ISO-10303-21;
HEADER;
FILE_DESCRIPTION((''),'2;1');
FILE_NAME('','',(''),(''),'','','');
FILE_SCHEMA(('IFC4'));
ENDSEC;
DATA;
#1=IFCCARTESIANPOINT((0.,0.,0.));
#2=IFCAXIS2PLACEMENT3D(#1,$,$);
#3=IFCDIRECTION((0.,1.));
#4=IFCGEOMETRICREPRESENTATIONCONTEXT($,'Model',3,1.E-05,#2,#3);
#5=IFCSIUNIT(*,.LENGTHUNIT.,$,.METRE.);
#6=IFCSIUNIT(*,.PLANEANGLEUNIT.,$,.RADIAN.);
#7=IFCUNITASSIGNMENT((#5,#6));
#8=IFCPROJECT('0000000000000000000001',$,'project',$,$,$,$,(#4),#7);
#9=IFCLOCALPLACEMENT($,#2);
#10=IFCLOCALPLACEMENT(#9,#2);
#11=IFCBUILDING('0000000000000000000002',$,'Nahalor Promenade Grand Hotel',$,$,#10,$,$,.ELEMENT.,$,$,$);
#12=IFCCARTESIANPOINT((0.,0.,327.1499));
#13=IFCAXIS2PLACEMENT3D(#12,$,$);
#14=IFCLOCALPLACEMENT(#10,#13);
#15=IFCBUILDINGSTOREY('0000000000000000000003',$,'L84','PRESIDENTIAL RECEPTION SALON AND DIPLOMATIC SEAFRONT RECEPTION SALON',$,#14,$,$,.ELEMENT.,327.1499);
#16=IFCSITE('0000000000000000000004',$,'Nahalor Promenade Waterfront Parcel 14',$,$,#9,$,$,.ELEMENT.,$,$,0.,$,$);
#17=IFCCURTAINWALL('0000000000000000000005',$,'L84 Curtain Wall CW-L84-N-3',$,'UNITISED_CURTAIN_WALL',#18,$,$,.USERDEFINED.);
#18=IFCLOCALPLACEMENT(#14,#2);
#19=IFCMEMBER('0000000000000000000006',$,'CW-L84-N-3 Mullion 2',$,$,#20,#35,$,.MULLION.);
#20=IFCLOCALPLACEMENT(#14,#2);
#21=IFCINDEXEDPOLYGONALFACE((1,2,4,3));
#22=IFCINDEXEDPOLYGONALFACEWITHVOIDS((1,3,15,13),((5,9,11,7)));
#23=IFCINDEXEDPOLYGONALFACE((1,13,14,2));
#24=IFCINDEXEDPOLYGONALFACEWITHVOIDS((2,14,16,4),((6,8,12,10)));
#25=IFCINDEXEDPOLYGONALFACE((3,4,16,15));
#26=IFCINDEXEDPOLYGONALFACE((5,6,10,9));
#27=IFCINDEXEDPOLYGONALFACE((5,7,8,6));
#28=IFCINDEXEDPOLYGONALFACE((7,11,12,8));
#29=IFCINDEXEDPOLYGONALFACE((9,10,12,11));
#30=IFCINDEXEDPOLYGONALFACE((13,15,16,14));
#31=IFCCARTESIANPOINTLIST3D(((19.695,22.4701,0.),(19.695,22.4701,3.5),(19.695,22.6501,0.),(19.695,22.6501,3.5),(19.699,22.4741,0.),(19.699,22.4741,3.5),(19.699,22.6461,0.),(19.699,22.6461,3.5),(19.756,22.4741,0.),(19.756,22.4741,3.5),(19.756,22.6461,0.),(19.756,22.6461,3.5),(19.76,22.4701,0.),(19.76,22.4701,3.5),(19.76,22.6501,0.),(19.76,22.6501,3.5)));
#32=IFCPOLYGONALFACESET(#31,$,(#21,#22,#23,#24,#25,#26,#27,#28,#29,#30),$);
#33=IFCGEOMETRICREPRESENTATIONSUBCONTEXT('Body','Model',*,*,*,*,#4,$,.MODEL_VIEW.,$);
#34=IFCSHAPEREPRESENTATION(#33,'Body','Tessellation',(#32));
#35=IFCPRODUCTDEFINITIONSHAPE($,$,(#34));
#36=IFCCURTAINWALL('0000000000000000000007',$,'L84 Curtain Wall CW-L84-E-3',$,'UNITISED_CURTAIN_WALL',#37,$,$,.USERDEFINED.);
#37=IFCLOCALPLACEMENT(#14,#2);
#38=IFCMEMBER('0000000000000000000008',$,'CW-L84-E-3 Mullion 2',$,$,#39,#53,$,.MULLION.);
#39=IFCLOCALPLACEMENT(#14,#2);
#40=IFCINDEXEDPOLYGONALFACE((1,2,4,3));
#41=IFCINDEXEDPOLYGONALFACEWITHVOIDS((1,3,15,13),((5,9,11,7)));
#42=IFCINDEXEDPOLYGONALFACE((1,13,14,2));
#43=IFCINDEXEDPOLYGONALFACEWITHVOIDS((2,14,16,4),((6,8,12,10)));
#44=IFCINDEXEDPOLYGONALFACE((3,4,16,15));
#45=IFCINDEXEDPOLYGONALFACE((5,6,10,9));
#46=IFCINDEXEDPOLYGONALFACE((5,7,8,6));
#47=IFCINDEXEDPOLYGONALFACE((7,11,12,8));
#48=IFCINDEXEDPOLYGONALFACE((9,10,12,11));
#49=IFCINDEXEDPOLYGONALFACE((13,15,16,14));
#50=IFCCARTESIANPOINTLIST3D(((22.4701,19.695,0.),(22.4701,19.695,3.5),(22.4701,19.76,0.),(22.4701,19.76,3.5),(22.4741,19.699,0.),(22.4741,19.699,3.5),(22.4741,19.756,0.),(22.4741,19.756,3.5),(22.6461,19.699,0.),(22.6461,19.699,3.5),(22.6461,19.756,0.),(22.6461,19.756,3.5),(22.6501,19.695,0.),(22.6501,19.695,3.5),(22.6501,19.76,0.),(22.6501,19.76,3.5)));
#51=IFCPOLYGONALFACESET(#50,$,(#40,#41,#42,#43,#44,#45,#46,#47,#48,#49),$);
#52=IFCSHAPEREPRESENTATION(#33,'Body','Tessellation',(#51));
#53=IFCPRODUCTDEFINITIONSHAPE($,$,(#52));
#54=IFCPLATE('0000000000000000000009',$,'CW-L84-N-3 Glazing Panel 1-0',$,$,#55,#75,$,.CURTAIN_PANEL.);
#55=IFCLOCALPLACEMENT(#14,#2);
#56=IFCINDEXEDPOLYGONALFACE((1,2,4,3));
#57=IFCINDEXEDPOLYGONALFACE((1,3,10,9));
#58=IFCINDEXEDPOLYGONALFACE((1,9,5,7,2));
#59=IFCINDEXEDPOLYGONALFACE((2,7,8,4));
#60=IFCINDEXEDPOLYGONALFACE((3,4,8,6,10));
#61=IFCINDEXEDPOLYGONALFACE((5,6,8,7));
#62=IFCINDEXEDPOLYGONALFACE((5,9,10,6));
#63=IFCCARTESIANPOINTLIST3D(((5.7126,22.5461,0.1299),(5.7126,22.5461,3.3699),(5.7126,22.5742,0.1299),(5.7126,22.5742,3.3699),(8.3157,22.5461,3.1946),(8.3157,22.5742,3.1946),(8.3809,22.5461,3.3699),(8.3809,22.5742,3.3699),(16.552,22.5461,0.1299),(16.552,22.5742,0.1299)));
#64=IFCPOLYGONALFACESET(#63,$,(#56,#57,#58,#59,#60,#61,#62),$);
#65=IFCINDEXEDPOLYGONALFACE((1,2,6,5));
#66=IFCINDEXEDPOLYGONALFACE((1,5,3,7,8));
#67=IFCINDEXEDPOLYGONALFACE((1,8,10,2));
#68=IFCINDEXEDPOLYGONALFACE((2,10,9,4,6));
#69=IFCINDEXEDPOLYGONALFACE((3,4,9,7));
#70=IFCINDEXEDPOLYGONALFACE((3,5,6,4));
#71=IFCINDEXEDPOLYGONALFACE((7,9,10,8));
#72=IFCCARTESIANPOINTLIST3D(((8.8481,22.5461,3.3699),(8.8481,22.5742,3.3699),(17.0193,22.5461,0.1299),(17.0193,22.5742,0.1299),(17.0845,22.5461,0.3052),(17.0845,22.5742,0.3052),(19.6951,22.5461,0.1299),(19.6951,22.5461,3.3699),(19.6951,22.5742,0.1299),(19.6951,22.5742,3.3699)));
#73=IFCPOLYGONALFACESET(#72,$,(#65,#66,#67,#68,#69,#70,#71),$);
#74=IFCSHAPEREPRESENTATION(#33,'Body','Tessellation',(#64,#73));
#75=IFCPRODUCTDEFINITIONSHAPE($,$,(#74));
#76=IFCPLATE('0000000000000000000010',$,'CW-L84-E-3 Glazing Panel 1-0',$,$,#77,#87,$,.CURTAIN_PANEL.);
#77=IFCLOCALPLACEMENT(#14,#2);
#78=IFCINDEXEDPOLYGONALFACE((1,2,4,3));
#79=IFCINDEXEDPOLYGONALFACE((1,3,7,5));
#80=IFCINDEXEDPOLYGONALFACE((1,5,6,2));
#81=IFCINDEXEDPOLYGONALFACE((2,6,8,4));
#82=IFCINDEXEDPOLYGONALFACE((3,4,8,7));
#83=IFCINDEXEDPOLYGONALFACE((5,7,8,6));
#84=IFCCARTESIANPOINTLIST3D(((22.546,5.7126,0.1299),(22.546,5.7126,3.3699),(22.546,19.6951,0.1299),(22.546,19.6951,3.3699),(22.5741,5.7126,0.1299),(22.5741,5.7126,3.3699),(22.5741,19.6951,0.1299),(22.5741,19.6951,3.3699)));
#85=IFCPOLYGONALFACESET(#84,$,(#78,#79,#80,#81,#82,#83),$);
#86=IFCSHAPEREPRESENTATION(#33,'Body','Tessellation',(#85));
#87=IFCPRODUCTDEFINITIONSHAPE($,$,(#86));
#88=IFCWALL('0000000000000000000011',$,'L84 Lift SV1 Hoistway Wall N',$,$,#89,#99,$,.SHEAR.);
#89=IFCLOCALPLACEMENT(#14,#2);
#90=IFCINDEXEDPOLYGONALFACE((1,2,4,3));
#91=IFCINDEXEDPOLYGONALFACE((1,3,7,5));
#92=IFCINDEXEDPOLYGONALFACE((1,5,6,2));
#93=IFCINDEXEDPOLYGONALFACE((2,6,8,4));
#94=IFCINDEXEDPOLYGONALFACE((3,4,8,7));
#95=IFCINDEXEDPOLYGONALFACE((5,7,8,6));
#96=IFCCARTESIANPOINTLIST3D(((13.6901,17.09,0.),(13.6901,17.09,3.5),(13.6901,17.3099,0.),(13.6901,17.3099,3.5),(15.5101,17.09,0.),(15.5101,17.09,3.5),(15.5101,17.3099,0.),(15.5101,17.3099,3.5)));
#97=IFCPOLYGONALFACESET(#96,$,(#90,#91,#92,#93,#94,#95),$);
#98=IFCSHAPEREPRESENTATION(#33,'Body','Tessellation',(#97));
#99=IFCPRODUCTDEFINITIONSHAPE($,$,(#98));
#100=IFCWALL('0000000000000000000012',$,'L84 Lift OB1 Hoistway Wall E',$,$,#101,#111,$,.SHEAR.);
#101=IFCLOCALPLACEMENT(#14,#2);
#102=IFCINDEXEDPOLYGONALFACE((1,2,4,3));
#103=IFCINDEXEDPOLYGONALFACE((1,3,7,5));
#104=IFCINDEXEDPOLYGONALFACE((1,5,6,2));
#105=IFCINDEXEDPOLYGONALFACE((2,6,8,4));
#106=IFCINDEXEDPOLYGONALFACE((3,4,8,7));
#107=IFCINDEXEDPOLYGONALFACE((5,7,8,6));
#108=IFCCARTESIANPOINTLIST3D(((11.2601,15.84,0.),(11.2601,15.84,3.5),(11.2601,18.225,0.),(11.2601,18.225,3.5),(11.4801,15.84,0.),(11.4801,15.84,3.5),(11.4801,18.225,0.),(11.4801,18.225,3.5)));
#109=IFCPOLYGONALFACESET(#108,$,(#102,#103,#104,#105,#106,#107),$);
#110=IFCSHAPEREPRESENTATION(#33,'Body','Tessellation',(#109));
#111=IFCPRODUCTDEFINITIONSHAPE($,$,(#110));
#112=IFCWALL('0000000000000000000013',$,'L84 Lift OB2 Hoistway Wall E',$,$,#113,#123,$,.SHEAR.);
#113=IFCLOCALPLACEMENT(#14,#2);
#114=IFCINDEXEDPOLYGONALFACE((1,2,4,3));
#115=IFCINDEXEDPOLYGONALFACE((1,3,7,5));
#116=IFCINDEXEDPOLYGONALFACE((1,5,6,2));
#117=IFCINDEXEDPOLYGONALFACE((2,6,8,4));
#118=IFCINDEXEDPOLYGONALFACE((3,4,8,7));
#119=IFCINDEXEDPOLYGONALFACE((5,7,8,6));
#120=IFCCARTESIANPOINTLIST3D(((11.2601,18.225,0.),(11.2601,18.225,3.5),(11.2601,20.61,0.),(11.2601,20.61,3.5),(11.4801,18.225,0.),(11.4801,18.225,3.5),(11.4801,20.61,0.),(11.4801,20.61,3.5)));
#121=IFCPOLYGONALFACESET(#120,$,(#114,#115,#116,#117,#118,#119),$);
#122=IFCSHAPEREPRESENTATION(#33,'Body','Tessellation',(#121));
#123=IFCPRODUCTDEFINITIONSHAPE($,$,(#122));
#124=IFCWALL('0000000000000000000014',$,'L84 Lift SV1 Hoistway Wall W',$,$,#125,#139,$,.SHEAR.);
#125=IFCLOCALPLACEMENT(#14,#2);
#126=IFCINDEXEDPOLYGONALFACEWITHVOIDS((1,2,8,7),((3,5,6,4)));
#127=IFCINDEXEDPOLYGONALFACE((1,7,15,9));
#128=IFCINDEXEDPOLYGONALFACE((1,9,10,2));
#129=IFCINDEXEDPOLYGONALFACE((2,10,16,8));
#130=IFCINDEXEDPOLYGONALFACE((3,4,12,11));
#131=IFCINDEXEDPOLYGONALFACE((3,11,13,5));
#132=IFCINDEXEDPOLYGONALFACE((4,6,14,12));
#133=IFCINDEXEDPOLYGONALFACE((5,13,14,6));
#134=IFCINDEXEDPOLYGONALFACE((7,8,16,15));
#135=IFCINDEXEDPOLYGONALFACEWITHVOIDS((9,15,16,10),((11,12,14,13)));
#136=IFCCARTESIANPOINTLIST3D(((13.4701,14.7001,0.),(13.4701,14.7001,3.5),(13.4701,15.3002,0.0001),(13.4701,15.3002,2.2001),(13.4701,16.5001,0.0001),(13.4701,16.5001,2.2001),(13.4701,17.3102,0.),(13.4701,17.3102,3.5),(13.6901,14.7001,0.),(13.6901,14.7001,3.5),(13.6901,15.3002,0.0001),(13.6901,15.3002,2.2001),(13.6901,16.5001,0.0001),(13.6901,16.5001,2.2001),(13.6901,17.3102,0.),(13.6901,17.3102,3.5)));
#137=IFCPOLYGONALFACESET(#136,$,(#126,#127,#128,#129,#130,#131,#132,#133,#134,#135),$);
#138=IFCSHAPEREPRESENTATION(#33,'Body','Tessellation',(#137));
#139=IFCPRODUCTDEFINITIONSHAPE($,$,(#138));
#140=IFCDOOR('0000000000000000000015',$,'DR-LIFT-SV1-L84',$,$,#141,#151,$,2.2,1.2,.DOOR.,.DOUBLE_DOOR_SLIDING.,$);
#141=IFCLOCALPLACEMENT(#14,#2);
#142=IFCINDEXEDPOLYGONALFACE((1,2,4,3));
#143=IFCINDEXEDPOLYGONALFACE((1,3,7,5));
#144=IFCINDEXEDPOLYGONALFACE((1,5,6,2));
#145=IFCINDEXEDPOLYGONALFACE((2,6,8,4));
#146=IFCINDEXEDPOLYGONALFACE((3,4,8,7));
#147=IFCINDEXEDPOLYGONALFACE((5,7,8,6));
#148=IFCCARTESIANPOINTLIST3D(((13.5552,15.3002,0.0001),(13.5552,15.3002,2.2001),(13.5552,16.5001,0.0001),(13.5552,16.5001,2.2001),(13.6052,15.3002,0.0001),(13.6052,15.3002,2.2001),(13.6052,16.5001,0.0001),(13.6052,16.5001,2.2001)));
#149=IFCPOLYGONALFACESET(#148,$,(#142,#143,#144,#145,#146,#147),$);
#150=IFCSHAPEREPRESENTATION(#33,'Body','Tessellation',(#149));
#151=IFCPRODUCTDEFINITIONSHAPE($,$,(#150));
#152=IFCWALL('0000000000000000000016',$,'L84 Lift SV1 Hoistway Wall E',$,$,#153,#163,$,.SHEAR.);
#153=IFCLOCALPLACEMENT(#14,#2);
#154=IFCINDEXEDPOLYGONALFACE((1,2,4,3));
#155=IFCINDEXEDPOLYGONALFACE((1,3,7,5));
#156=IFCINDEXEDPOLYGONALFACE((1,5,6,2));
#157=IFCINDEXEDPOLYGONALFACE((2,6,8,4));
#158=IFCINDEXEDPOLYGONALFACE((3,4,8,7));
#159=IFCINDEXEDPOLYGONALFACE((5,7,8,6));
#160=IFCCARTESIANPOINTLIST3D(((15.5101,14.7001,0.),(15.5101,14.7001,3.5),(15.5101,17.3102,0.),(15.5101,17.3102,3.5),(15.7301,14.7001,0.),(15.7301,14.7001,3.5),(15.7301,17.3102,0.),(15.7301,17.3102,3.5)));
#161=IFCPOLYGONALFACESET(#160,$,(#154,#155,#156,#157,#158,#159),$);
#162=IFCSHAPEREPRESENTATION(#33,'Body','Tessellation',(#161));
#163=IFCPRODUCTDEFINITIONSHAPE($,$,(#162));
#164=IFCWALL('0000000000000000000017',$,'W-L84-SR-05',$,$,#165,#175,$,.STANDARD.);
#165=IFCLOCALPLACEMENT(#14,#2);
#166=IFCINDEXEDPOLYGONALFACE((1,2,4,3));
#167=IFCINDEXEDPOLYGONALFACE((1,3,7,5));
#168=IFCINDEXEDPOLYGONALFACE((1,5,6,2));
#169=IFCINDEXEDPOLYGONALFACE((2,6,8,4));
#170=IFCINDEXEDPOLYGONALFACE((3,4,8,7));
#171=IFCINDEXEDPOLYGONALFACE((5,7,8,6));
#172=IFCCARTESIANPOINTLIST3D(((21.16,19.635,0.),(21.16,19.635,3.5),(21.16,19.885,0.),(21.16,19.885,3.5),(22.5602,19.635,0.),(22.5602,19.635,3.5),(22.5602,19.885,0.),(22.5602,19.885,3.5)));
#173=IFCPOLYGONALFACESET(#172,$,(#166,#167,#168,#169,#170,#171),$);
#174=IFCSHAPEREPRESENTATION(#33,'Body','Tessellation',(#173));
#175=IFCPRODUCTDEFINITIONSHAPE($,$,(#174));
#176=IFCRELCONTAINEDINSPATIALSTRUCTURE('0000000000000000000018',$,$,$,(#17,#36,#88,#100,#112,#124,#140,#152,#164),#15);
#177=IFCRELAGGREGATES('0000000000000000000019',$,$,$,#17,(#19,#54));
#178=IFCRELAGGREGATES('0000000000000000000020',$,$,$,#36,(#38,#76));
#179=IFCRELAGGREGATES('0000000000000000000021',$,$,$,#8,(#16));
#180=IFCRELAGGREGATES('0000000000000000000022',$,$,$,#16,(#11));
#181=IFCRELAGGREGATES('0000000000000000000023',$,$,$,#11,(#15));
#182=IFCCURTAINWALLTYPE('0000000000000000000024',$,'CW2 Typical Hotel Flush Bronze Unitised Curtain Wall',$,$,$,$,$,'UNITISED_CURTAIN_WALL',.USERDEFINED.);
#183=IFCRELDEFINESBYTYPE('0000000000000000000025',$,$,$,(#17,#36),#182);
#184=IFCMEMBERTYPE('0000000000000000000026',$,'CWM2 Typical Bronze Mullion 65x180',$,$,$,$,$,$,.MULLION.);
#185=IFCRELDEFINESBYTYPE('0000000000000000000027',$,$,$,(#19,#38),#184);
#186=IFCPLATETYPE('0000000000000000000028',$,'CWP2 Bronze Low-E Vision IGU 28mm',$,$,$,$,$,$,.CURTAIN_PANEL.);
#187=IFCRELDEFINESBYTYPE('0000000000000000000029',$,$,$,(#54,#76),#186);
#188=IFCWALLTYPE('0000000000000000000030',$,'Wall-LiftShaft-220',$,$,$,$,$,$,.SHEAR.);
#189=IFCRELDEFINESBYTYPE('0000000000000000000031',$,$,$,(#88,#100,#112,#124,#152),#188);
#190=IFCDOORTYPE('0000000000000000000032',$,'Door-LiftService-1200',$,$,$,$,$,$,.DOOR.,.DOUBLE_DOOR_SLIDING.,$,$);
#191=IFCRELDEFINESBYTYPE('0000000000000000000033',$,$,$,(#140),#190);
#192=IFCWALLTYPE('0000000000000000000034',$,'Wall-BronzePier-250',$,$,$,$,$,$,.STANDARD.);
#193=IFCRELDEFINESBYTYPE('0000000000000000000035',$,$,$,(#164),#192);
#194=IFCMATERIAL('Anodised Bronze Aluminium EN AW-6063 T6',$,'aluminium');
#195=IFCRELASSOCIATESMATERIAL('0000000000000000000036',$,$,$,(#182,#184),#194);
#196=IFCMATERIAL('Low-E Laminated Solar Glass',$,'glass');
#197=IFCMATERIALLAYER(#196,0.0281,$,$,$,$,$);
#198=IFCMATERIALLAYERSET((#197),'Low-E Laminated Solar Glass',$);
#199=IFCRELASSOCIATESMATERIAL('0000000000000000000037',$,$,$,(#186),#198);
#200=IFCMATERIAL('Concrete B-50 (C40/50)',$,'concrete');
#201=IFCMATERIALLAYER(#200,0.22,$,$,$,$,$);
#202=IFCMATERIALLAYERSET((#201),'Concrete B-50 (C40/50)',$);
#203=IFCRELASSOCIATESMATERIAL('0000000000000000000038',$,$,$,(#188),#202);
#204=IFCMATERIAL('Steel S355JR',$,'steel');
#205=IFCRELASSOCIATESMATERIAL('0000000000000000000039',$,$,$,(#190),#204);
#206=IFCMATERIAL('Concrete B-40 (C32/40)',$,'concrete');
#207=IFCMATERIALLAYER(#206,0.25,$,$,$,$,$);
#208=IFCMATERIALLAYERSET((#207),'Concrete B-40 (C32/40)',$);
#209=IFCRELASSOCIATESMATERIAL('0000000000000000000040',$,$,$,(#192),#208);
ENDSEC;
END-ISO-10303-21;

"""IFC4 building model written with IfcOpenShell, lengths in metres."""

from ifc_helpers import new_model, si_unit, direction, frame, frame_2d, origin, origin_2d, place, context, subcontext, project, spatial, polyline, rectangle, hollow_rectangle, outline, extrude, source, transform, mapped, material, layer, layer_set, material_profile, profile_set, type_object, element, fill, aggregate, save


model = new_model("IFC4")

# Units and contexts
model_context = context("Model", 3, precision=1e-05, world=origin(), true_north=direction((0.0, 1.0)))
body_context = subcontext(model_context, "Body", "Model", "MODEL_VIEW")
ifc_project = project(units=[si_unit("LENGTHUNIT", "METRE"), si_unit("PLANEANGLEUNIT", "RADIAN")], contexts=[model_context])

# Site, building, storey
site_placement = place(None, origin())
site = spatial("IfcSite", under=ifc_project, at=site_placement, Name="Nahalor Promenade Waterfront Parcel 14", CompositionType="ELEMENT", RefElevation=0.0)
building_placement = place(site_placement, origin())
building = spatial("IfcBuilding", under=site, at=building_placement, Name="Nahalor Promenade Grand Hotel", CompositionType="ELEMENT")
storey_placement = place(building_placement, frame((0.0, 0.0, 327.1499)))
storey = spatial("IfcBuildingStorey", under=building, at=storey_placement, Name="L84", Description="PRESIDENTIAL RECEPTION SALON AND DIPLOMATIC SEAFRONT RECEPTION SALON", CompositionType="ELEMENT", Elevation=327.1499)

# Shared definitions
ifc_material_1 = material(Name="Concrete B-50 (C40/50)", Category="concrete")
ifc_material_2 = material(Name="Steel S355JR", Category="steel")

# Curtain walls, members
ifc_material_3 = material(Name="Anodised Bronze Aluminium EN AW-6063 T6", Category="aluminium")
curtain_wall_type = type_object("IfcCurtainWallType", Name="CW2 Typical Hotel Flush Bronze Unitised Curtain Wall", ElementType="UNITISED_CURTAIN_WALL", PredefinedType="USERDEFINED", material=ifc_material_3)
curtain_wall_1_placement = place(storey_placement, origin())
curtain_wall_1 = element("IfcCurtainWall", 1, at=curtain_wall_1_placement, inside=storey, type_object=curtain_wall_type, Name="L84 Curtain Wall CW-L84-N-3", ObjectType="UNITISED_CURTAIN_WALL", PredefinedType="USERDEFINED")
ifc_material_profile_1 = material_profile(ifc_material_3, hollow_rectangle(XDim=0.065, YDim=0.18, WallThickness=0.004, at=origin_2d()), Name="CWM 65x180x4")
ifc_profile_set_1 = profile_set([ifc_material_profile_1], Name="Anodised Bronze Aluminium EN AW-6063 T6")
member_type_1 = type_object("IfcMemberType", Name="CWM2 Typical Bronze Mullion 65x180", PredefinedType="MULLION", material=ifc_profile_set_1)
shared_shape_1 = source(origin(), body_context, "Body", "SweptSolid", [
    extrude(hollow_rectangle(XDim=0.065, YDim=0.18, WallThickness=0.004, at=origin_2d()), origin(), (0.0, 0.0, 1.0), 3.5),
])
member_1_placement = place(storey_placement, frame((19.7275, 22.5601, 0.0), z_axis=(0.0, 0.0, 1.0), x_axis=(1.0, 0.0, 0.0)))
member_1 = element("IfcMember", 2, at=member_1_placement, type_object=member_type_1, Name="CW-L84-N-3 Mullion 2", PredefinedType="MULLION", context=body_context, shape_type="MappedRepresentation", body=[
    mapped(shared_shape_1, transform((0.0, 0.0, 0.0), scale=1.0)),
])
curtain_wall_2_placement = place(storey_placement, origin())
curtain_wall_2 = element("IfcCurtainWall", 3, at=curtain_wall_2_placement, inside=storey, type_object=curtain_wall_type, Name="L84 Curtain Wall CW-L84-E-3", ObjectType="UNITISED_CURTAIN_WALL", PredefinedType="USERDEFINED")
member_2_placement = place(storey_placement, frame((22.5601, 19.7275, 0.0), z_axis=(0.0, 0.0, 1.0), x_axis=(0.0, 1.0, 0.0)))
member_2 = element("IfcMember", 4, at=member_2_placement, type_object=member_type_1, Name="CW-L84-E-3 Mullion 2", PredefinedType="MULLION", context=body_context, shape_type="MappedRepresentation", body=[
    mapped(shared_shape_1, transform((0.0, 0.0, 0.0), scale=1.0)),
])

# Plates
ifc_material_4 = material(Name="Low-E Laminated Solar Glass", Category="glass")
ifc_layer_1 = layer(ifc_material_4, 0.0281)
ifc_layer_set_1 = layer_set([ifc_layer_1], Name="Low-E Laminated Solar Glass")
plate_type = type_object("IfcPlateType", Name="CWP2 Bronze Low-E Vision IGU 28mm", PredefinedType="CURTAIN_PANEL", material=ifc_layer_set_1)
plate_1_placement = place(storey_placement, frame((12.7039, 22.5601, 0.1299), z_axis=(0.0, 0.0, 1.0), x_axis=(1.0, 0.0, 0.0)))
plate_1 = element("IfcPlate", 5, at=plate_1_placement, type_object=plate_type, Name="CW-L84-N-3 Glazing Panel 1-0", PredefinedType="CURTAIN_PANEL", context=body_context, shape_type="SweptSolid", body=[
    extrude(outline(polyline([(-6.9912, 3.24), (-6.9912, 0.0), (3.8481, 0.0), (-4.3882, 3.0647), (-4.323, 3.24), (-6.9912, 3.24)])), frame((0.0, 0.0142, 0.0), z_axis=(0.0, -1.0, 0.0), x_axis=(1.0, 0.0, 0.0)), (0.0, 0.0, 1.0), 0.0281),
    extrude(outline(polyline([(6.9912, 0.0), (6.9912, 3.24), (-3.8557, 3.24), (4.3806, 0.1753), (4.3154, 0.0), (6.9912, 0.0)])), frame((0.0, 0.0142, 0.0), z_axis=(0.0, -1.0, 0.0), x_axis=(1.0, 0.0, 0.0)), (0.0, 0.0, 1.0), 0.0281),
])
aggregate(curtain_wall_1, [member_1, plate_1])
shared_shape_2 = source(origin(), body_context, "Body", "SweptSolid", [
    extrude(rectangle(XDim=13.9824, YDim=0.0281, at=origin_2d()), origin(), (0.0, 0.0, 1.0), 3.24),
])
plate_2_placement = place(storey_placement, frame((22.5601, 12.7039, 0.1299), z_axis=(0.0, 0.0, 1.0), x_axis=(0.0, 1.0, 0.0)))
plate_2 = element("IfcPlate", 6, at=plate_2_placement, type_object=plate_type, Name="CW-L84-E-3 Glazing Panel 1-0", PredefinedType="CURTAIN_PANEL", context=body_context, shape_type="MappedRepresentation", body=[
    mapped(shared_shape_2, transform((0.0, 0.0, 0.0), scale=1.0)),
])
aggregate(curtain_wall_2, [member_2, plate_2])

# Walls
ifc_layer_2 = layer(ifc_material_1, 0.22)
ifc_layer_set_2 = layer_set([ifc_layer_2], Name="Concrete B-50 (C40/50)")
wall_type_1 = type_object("IfcWallType", Name="Wall-LiftShaft-220", PredefinedType="SHEAR", material=ifc_layer_set_2)
shared_shape_3 = source(origin(), body_context, "Body", "SweptSolid", [
    extrude(rectangle(XDim=1.8201, YDim=0.22, at=frame_2d((0.9102, 0.0))), origin(), (0.0, 0.0, 1.0), 3.5),
])
wall_1_placement = place(storey_placement, frame((13.6899, 17.2, 0.0), z_axis=(0.0, 0.0, 1.0), x_axis=(1.0, 0.0, 0.0)))
element("IfcWall", 7, at=wall_1_placement, inside=storey, type_object=wall_type_1, Name="L84 Lift SV1 Hoistway Wall N", PredefinedType="SHEAR", context=body_context, shape_type="MappedRepresentation", body=[
    mapped(shared_shape_3, transform((0.0, 0.0, 0.0), scale=1.0)),
])
shared_shape_4 = source(origin(), body_context, "Body", "SweptSolid", [
    extrude(rectangle(XDim=2.385, YDim=0.22, at=frame_2d((1.1924, 0.0))), origin(), (0.0, 0.0, 1.0), 3.5),
])
for number, where, z_axis, x_axis, name in (
    (8, (11.3701, 15.8401, 0.0), (0.0, 0.0, 1.0), (0.0, 1.0, 0.0), "L84 Lift OB1 Hoistway Wall E"),
    (9, (11.3701, 18.2251, 0.0), (0.0, 0.0, 1.0), (0.0, 1.0, 0.0), "L84 Lift OB2 Hoistway Wall E"),
):
    element("IfcWall", number, at=place(storey_placement, frame(where, z_axis=z_axis, x_axis=x_axis)), inside=storey, type_object=wall_type_1, Name=name, PredefinedType="SHEAR", context=body_context, shape_type="MappedRepresentation", body=[
        mapped(shared_shape_4, transform((0.0, 0.0, 0.0), scale=1.0)),
    ])

# Wall, opening, door
shared_shape_5 = source(origin(), body_context, "Body", "SweptSolid", [
    extrude(rectangle(XDim=2.6101, YDim=0.22, at=frame_2d((1.3052, 0.0))), origin(), (0.0, 0.0, 1.0), 3.5),
])
wall_2_placement = place(storey_placement, frame((13.5801, 14.7, 0.0), z_axis=(0.0, 0.0, 1.0), x_axis=(0.0, 1.0, 0.0)))
wall_2 = element("IfcWall", 10, at=wall_2_placement, inside=storey, type_object=wall_type_1, Name="L84 Lift SV1 Hoistway Wall W", PredefinedType="SHEAR", context=body_context, shape_type="MappedRepresentation", body=[
    mapped(shared_shape_5, transform((0.0, 0.0, 0.0), scale=1.0)),
])
opening_1_placement = place(wall_2_placement, frame((0.6001, 0.0, 0.0)))
opening_1 = element("IfcOpeningElement", 11, at=opening_1_placement, cuts=wall_2, PredefinedType="OPENING", context=body_context, shape_type="SweptSolid", body=[
    extrude(rectangle(XDim=1.2, YDim=2.2, at=frame_2d((0.6001, 1.1001))), frame((0.0, 0.1199, 0.0), z_axis=(0.0, -1.0, 0.0), x_axis=(1.0, 0.0, 0.0)), (0.0, 0.0, 1.0), 0.24),
])
door_type_1 = type_object("IfcDoorType", Name="Door-LiftService-1200", OperationType="DOUBLE_DOOR_SLIDING", PredefinedType="DOOR", material=ifc_material_2)
shared_shape_6 = source(origin(), body_context, "Body", "SweptSolid", [
    extrude(rectangle(XDim=1.2, YDim=2.2, at=frame_2d((0.6001, 1.1001))), frame((0.0, 0.0249, 0.0), z_axis=(0.0, -1.0, 0.0), x_axis=(1.0, 0.0, 0.0)), (0.0, 0.0, 1.0), 0.05),
])
door_1_placement = place(opening_1_placement, origin())
door_1 = element("IfcDoor", 12, at=door_1_placement, inside=storey, type_object=door_type_1, Name="DR-LIFT-SV1-L84", OperationType="DOUBLE_DOOR_SLIDING", OverallHeight=2.2, OverallWidth=1.2, PredefinedType="DOOR", context=body_context, shape_type="MappedRepresentation", body=[
    mapped(shared_shape_6, transform((0.0, 0.0, 0.0), scale=1.0)),
])
fill(opening_1, door_1)

# Walls
wall_3_placement = place(storey_placement, frame((15.6201, 14.7, 0.0), z_axis=(0.0, 0.0, 1.0), x_axis=(0.0, 1.0, 0.0)))
element("IfcWall", 13, at=wall_3_placement, inside=storey, type_object=wall_type_1, Name="L84 Lift SV1 Hoistway Wall E", PredefinedType="SHEAR", context=body_context, shape_type="MappedRepresentation", body=[
    mapped(shared_shape_5, transform((0.0, 0.0, 0.0), scale=1.0)),
])
ifc_material_5 = material(Name="Concrete B-40 (C32/40)", Category="concrete")
ifc_layer_3 = layer(ifc_material_5, 0.25)
ifc_layer_set_3 = layer_set([ifc_layer_3], Name="Concrete B-40 (C32/40)")
wall_type_2 = type_object("IfcWallType", Name="Wall-BronzePier-250", PredefinedType="STANDARD", material=ifc_layer_set_3)
shared_shape_7 = source(origin(), body_context, "Body", "SweptSolid", [
    extrude(rectangle(XDim=1.4001, YDim=0.25, at=frame_2d((0.7002, 0.0))), origin(), (0.0, 0.0, 1.0), 3.5),
])
for number, where, z_axis, x_axis, name in (
    (14, (21.1599, 19.76, 0.0), (0.0, 0.0, 1.0), (1.0, 0.0, 0.0), "W-L84-SR-05"),
):
    element("IfcWall", number, at=place(storey_placement, frame(where, z_axis=z_axis, x_axis=x_axis)), inside=storey, type_object=wall_type_2, Name=name, PredefinedType="STANDARD", context=body_context, shape_type="MappedRepresentation", body=[
        mapped(shared_shape_7, transform((0.0, 0.0, 0.0), scale=1.0)),
    ])

save(model, "model.ifc")
